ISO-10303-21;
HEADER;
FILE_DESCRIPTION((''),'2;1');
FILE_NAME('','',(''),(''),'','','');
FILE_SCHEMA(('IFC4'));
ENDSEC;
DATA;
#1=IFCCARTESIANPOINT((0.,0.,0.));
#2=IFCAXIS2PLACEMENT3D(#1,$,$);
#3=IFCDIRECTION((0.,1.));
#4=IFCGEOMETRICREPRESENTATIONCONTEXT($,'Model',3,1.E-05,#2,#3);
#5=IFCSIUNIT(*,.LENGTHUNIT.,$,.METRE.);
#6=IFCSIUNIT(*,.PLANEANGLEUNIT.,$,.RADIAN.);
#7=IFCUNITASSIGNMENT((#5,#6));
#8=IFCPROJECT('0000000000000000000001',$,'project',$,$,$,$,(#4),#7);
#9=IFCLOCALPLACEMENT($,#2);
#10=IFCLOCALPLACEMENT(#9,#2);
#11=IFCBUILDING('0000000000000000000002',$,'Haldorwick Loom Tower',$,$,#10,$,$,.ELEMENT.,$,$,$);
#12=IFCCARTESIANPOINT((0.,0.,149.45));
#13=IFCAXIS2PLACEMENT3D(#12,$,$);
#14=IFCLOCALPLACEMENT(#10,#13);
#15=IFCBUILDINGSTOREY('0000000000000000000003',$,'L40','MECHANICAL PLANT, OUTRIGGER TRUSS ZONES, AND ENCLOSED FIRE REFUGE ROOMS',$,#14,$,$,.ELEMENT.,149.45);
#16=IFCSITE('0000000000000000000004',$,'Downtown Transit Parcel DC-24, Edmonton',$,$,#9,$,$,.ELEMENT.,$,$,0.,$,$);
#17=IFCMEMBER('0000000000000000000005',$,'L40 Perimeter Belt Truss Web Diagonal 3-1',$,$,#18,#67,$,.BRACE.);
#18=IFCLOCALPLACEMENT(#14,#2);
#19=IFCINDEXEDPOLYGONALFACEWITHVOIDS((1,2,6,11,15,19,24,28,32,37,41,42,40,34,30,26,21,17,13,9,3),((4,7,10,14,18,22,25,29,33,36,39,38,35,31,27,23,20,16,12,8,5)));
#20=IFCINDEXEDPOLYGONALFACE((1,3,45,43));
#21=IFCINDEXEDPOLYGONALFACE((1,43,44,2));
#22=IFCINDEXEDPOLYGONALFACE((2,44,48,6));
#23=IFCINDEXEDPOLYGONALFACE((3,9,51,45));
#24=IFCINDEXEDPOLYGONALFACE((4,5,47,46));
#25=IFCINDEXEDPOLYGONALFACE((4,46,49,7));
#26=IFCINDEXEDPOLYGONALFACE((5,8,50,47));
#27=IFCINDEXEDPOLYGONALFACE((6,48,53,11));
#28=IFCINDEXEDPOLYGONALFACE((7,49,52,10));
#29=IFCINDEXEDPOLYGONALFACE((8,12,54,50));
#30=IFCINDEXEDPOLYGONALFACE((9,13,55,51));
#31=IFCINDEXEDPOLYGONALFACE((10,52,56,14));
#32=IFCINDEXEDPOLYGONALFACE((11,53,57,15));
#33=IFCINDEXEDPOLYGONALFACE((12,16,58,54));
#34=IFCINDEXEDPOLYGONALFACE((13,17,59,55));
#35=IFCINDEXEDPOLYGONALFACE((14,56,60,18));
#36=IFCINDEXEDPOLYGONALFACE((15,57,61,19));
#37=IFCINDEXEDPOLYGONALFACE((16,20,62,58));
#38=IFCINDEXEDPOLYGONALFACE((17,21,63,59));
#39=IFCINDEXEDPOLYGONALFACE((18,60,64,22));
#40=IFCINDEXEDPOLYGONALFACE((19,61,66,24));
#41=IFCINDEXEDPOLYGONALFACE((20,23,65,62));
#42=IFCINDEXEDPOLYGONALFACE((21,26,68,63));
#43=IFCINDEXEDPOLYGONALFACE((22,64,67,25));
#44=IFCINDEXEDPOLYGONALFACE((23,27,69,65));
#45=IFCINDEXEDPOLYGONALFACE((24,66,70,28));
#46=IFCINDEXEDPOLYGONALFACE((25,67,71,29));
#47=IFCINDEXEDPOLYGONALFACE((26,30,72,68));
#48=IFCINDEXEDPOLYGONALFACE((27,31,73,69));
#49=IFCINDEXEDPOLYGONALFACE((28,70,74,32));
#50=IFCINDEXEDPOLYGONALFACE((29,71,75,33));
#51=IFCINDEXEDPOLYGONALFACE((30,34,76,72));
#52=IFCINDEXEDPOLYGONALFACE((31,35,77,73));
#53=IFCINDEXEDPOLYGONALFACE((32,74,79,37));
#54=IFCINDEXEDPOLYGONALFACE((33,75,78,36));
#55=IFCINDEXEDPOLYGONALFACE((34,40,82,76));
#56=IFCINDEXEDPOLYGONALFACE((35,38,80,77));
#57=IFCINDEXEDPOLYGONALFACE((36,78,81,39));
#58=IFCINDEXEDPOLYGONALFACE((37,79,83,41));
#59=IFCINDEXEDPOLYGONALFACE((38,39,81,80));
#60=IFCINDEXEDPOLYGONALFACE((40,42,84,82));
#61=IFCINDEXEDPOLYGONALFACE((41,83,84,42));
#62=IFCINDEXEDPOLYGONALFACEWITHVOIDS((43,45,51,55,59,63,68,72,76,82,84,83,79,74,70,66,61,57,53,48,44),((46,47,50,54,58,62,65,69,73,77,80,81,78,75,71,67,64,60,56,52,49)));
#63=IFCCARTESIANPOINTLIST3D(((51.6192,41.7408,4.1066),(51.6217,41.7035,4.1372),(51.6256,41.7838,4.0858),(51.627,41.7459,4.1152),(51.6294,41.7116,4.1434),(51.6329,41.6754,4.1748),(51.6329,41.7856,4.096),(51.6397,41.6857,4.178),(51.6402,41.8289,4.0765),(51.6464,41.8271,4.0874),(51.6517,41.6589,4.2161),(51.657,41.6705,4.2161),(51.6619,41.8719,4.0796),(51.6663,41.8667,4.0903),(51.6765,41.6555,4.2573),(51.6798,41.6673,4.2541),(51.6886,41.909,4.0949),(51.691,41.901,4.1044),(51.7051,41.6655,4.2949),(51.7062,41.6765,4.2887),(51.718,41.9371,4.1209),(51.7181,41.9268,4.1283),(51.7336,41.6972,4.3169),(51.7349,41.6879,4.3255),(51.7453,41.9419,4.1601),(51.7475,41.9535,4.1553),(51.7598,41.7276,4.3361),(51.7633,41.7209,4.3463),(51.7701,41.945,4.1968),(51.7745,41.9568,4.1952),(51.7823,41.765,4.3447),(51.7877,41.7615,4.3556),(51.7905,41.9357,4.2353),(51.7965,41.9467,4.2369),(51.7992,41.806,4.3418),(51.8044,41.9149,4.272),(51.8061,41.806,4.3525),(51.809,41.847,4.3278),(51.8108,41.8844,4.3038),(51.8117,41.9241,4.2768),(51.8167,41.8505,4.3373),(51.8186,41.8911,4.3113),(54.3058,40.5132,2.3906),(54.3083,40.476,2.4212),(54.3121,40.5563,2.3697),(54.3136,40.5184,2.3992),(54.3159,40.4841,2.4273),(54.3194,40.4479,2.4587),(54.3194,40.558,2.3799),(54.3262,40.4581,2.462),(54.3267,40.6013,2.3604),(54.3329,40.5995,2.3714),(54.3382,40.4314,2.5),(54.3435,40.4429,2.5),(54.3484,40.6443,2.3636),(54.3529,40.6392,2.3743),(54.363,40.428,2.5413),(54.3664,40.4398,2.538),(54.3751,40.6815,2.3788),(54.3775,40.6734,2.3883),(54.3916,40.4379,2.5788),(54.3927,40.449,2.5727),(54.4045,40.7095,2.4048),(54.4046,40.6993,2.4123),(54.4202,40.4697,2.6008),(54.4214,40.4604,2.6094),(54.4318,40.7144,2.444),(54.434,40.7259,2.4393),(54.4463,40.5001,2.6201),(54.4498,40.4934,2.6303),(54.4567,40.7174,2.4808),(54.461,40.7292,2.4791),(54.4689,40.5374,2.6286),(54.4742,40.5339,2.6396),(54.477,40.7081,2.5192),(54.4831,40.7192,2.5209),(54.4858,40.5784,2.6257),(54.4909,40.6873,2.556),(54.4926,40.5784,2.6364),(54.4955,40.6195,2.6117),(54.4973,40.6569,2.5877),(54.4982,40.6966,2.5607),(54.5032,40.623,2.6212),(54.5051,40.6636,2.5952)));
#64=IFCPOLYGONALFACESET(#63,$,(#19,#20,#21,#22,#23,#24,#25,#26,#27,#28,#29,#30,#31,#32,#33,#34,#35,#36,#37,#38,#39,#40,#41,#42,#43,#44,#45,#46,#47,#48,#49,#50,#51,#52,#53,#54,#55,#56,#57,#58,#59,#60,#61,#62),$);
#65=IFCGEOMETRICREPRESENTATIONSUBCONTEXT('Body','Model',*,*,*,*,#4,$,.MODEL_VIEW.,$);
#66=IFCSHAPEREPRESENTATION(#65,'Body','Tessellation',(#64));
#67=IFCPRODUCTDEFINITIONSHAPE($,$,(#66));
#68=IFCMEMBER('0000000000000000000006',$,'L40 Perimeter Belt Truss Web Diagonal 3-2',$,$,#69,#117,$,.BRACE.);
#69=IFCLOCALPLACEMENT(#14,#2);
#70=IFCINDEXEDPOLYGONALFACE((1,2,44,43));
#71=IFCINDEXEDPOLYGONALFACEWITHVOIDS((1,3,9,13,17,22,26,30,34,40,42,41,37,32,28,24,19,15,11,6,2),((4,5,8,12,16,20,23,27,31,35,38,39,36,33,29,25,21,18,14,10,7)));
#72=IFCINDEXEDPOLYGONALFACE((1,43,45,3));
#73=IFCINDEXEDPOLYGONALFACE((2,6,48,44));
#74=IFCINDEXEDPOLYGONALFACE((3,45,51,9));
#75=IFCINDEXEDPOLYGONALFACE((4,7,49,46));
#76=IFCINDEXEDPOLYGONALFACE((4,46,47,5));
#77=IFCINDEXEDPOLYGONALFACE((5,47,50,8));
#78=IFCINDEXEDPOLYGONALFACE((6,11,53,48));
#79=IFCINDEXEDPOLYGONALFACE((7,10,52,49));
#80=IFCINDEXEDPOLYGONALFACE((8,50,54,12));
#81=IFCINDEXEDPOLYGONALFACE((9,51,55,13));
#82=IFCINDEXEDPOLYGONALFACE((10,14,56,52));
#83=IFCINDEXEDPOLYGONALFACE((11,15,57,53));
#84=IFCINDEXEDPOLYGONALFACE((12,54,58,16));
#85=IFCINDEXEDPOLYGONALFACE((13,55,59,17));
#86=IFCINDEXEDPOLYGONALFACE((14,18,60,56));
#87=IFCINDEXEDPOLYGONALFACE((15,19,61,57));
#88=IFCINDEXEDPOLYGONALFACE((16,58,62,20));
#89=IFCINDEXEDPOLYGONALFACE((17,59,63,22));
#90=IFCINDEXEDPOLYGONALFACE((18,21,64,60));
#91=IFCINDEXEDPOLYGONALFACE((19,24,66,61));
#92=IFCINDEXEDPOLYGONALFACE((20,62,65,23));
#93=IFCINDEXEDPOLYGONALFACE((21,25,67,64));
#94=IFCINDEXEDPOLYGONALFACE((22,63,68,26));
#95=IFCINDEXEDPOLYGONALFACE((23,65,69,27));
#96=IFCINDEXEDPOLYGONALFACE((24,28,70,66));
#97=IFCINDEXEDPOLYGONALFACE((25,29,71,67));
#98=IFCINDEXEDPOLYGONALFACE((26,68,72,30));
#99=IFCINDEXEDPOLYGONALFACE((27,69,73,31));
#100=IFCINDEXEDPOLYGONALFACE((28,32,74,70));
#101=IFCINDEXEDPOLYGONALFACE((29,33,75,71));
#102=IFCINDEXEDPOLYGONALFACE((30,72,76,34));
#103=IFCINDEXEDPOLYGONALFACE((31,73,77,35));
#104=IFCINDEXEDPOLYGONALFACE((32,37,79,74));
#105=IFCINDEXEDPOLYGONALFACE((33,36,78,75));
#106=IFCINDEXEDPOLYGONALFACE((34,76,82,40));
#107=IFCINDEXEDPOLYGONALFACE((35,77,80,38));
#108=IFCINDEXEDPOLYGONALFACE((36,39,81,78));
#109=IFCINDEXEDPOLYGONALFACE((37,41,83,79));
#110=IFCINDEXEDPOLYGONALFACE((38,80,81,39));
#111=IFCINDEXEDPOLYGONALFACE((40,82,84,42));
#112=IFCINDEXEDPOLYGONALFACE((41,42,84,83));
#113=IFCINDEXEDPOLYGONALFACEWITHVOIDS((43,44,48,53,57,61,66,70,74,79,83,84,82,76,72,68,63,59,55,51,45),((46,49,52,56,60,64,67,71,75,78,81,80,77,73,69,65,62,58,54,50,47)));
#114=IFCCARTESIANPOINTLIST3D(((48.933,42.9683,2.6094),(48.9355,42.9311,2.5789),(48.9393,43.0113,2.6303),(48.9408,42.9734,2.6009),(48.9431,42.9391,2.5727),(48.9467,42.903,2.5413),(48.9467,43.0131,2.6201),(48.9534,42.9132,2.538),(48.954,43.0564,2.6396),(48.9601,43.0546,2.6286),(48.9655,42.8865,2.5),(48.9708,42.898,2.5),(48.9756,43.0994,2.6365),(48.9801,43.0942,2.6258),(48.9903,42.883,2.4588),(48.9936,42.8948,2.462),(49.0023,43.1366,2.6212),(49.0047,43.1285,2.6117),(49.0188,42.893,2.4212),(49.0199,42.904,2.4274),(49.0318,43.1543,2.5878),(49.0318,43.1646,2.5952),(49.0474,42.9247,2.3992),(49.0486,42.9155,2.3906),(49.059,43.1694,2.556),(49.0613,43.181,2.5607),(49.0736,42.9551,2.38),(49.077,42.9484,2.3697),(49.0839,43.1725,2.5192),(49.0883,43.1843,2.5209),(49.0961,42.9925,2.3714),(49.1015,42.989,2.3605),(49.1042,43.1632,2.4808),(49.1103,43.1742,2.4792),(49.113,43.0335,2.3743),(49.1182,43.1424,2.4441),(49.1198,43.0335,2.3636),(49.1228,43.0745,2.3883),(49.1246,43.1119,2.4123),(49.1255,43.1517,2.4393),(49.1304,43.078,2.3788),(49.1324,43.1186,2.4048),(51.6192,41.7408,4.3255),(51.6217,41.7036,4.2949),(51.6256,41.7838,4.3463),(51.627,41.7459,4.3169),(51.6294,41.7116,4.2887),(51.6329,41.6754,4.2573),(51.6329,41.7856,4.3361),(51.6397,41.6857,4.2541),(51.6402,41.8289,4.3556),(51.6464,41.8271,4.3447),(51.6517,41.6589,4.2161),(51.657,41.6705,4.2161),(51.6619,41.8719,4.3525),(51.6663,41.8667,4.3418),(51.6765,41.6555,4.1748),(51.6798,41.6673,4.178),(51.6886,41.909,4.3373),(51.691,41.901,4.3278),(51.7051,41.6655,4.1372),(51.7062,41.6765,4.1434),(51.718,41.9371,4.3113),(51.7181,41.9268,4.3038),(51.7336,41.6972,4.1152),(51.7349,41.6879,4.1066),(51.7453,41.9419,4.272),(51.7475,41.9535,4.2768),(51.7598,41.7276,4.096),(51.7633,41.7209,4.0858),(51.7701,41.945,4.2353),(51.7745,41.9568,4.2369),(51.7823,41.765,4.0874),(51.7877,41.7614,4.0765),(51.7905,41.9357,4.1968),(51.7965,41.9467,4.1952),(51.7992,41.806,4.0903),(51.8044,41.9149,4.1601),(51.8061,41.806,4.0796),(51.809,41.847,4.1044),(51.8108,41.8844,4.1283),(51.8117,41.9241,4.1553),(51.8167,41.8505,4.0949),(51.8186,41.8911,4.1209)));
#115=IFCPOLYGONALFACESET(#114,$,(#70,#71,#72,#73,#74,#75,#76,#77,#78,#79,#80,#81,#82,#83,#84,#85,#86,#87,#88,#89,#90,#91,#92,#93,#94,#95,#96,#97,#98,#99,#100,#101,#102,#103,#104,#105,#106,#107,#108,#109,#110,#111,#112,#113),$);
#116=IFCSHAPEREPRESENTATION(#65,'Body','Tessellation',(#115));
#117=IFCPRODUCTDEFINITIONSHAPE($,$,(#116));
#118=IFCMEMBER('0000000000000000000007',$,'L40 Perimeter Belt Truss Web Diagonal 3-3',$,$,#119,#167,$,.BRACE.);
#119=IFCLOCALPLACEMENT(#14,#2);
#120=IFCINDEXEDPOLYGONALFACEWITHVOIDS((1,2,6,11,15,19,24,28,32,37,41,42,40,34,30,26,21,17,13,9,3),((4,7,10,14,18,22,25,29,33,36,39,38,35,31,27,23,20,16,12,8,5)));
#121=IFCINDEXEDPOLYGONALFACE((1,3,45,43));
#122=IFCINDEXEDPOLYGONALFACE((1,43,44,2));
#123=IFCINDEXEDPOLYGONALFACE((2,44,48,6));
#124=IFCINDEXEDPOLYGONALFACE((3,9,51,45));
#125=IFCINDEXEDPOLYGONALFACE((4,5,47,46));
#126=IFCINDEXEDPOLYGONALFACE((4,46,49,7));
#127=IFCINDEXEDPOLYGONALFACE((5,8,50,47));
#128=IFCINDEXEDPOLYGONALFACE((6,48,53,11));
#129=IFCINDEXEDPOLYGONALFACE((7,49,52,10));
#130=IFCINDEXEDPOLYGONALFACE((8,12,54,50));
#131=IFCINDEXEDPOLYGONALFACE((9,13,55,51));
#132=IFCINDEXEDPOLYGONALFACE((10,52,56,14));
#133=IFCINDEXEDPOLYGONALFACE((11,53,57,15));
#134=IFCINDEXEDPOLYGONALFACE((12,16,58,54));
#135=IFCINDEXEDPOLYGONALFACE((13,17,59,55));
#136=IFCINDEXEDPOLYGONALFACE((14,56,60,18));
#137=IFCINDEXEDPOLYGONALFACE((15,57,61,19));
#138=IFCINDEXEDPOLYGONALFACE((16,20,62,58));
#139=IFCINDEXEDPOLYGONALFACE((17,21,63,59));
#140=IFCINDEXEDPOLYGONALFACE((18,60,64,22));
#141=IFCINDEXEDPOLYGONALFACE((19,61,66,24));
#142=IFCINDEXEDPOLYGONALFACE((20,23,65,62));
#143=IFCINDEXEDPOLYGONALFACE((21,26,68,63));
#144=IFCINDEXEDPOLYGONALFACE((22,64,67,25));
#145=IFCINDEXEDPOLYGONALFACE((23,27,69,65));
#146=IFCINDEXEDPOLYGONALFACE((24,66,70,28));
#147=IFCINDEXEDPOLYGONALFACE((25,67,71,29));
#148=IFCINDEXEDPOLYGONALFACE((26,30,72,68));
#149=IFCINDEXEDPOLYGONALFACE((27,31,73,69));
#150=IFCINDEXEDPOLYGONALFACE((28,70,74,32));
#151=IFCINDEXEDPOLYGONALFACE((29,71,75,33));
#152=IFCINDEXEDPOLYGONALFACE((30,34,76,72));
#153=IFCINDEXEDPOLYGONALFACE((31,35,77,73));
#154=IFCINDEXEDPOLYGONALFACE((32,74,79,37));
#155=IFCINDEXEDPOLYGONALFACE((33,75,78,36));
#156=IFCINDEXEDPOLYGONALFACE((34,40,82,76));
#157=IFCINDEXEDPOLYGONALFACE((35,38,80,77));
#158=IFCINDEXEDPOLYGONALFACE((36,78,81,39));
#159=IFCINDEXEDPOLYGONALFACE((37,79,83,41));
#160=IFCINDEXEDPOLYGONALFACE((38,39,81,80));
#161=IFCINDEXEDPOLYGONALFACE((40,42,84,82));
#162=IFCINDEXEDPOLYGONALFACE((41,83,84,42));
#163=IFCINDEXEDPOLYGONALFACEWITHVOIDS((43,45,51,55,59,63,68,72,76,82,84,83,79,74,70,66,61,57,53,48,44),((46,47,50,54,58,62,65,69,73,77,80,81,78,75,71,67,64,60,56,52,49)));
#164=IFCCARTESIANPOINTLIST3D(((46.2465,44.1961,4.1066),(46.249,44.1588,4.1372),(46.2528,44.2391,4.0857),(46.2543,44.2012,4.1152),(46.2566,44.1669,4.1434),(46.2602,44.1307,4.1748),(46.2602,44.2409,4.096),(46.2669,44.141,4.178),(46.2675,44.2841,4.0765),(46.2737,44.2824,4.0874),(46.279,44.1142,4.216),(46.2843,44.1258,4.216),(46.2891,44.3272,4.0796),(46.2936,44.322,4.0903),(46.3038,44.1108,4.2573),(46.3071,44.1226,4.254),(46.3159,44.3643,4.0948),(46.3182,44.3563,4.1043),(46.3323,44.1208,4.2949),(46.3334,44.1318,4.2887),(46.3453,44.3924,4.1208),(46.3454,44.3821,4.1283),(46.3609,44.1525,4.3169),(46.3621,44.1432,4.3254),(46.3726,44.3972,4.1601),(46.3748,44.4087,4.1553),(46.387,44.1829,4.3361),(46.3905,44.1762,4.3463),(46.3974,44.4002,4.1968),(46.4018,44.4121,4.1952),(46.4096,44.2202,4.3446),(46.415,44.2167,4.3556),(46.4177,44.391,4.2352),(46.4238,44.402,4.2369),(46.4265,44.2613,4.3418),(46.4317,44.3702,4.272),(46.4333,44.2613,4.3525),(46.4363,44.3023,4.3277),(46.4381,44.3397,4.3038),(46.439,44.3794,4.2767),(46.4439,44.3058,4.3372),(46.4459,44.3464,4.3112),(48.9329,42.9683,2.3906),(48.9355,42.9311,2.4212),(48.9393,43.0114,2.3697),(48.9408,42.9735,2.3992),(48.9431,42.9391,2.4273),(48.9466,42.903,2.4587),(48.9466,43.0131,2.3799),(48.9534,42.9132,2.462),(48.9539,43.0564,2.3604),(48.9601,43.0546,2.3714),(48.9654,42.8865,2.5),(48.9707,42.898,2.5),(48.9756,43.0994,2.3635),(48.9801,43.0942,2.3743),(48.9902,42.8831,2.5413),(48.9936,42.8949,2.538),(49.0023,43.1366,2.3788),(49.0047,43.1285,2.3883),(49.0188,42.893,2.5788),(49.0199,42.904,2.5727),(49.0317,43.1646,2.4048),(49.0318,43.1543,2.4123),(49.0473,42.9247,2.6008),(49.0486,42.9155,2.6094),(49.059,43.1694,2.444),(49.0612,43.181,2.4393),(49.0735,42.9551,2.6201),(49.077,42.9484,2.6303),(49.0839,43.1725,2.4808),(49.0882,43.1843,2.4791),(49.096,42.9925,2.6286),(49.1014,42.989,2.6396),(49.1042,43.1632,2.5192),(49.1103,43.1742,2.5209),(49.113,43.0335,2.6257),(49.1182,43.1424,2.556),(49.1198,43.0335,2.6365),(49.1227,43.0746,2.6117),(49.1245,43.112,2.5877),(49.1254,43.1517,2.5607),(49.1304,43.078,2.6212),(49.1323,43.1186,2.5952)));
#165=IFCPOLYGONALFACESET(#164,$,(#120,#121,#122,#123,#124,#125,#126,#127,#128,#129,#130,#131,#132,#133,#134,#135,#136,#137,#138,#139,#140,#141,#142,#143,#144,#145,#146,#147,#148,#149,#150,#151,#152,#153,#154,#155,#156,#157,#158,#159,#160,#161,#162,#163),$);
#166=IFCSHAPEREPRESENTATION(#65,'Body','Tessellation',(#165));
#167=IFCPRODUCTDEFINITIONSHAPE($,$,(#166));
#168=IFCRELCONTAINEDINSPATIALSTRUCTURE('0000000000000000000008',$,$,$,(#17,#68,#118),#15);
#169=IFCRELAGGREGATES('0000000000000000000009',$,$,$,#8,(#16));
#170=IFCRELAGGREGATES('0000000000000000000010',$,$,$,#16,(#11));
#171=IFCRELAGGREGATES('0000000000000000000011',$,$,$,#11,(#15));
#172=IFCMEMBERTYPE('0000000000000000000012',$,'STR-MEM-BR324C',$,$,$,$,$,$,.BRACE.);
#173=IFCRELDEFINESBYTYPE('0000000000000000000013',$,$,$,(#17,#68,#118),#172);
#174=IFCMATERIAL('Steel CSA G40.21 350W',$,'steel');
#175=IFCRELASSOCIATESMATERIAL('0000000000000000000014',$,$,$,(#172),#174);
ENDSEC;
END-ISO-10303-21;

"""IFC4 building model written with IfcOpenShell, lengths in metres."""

from ifc_helpers import new_model, si_unit, direction, frame, origin, origin_2d, place, context, subcontext, project, spatial, hollow_circle, extrude, material, material_profile, profile_set, type_object, element, save


model = new_model("IFC4")

# Units and contexts
model_context = context("Model", 3, precision=1e-05, world=origin(), true_north=direction((0.0, 1.0)))
body_context = subcontext(model_context, "Body", "Model", "MODEL_VIEW")
ifc_project = project(units=[si_unit("LENGTHUNIT", "METRE"), si_unit("PLANEANGLEUNIT", "RADIAN")], contexts=[model_context])

# Site, building, storey
site_placement = place(None, origin())
site = spatial("IfcSite", under=ifc_project, at=site_placement, Name="Downtown Transit Parcel DC-24, Edmonton", CompositionType="ELEMENT", RefElevation=0.0)
building_placement = place(site_placement, origin())
building = spatial("IfcBuilding", under=site, at=building_placement, Name="Haldorwick Loom Tower", CompositionType="ELEMENT")
storey_placement = place(building_placement, frame((0.0, 0.0, 149.45)))
storey = spatial("IfcBuildingStorey", under=building, at=storey_placement, Name="L40", Description="MECHANICAL PLANT, OUTRIGGER TRUSS ZONES, AND ENCLOSED FIRE REFUGE ROOMS", CompositionType="ELEMENT", Elevation=149.45)

# Shared definitions
ifc_material_1 = material(Name="Steel CSA G40.21 350W", Category="steel")

# Members
ifc_material_profile_1 = material_profile(ifc_material_1, hollow_circle(Radius=0.1619, WallThickness=0.0127, at=origin_2d()), Name="HSS324X13", Category="steel")
ifc_profile_set_1 = profile_set([ifc_material_profile_1], Name="Steel CSA G40.21 350W")
member_type_1 = type_object("IfcMemberType", Name="STR-MEM-BR324C", PredefinedType="BRACE", material=ifc_profile_set_1)
member_1_placement = place(storey_placement, frame((54.4055, 40.5786, 2.5), z_axis=(-0.78645, 0.359349, 0.502359), x_axis=(-0.415596, -0.909549, 0.0)))
element("IfcMember", 1, at=member_1_placement, inside=storey, type_object=member_type_1, Name="L40 Perimeter Belt Truss Web Diagonal 3-1", PredefinedType="BRACE", context=body_context, shape_type="SweptSolid", body=[
    extrude(hollow_circle(Radius=0.1619, WallThickness=0.0127, at=origin_2d()), origin(), (0.0, 0.0, 1.0), 3.416),
])
member_2_placement = place(storey_placement, frame((51.719, 41.8062, 4.2161), z_axis=(-0.786423, 0.359369, -0.502387), x_axis=(-0.415627, -0.909535, 0.0)))
element("IfcMember", 2, at=member_2_placement, inside=storey, type_object=member_type_1, Name="L40 Perimeter Belt Truss Web Diagonal 3-2", PredefinedType="BRACE", context=body_context, shape_type="SweptSolid", body=[
    extrude(hollow_circle(Radius=0.1619, WallThickness=0.0127, at=origin_2d()), origin(), (0.0, 0.0, 1.0), 3.4158),
])
member_3_placement = place(storey_placement, frame((49.0327, 43.0337, 2.5), z_axis=(-0.78643, 0.359411, 0.502346), x_axis=(-0.415664, -0.909518, 0.0)))
element("IfcMember", 3, at=member_3_placement, inside=storey, type_object=member_type_1, Name="L40 Perimeter Belt Truss Web Diagonal 3-3", PredefinedType="BRACE", context=body_context, shape_type="SweptSolid", body=[
    extrude(hollow_circle(Radius=0.1619, WallThickness=0.0127, at=origin_2d()), origin(), (0.0, 0.0, 1.0), 3.416),
])

save(model, "model.ifc")
